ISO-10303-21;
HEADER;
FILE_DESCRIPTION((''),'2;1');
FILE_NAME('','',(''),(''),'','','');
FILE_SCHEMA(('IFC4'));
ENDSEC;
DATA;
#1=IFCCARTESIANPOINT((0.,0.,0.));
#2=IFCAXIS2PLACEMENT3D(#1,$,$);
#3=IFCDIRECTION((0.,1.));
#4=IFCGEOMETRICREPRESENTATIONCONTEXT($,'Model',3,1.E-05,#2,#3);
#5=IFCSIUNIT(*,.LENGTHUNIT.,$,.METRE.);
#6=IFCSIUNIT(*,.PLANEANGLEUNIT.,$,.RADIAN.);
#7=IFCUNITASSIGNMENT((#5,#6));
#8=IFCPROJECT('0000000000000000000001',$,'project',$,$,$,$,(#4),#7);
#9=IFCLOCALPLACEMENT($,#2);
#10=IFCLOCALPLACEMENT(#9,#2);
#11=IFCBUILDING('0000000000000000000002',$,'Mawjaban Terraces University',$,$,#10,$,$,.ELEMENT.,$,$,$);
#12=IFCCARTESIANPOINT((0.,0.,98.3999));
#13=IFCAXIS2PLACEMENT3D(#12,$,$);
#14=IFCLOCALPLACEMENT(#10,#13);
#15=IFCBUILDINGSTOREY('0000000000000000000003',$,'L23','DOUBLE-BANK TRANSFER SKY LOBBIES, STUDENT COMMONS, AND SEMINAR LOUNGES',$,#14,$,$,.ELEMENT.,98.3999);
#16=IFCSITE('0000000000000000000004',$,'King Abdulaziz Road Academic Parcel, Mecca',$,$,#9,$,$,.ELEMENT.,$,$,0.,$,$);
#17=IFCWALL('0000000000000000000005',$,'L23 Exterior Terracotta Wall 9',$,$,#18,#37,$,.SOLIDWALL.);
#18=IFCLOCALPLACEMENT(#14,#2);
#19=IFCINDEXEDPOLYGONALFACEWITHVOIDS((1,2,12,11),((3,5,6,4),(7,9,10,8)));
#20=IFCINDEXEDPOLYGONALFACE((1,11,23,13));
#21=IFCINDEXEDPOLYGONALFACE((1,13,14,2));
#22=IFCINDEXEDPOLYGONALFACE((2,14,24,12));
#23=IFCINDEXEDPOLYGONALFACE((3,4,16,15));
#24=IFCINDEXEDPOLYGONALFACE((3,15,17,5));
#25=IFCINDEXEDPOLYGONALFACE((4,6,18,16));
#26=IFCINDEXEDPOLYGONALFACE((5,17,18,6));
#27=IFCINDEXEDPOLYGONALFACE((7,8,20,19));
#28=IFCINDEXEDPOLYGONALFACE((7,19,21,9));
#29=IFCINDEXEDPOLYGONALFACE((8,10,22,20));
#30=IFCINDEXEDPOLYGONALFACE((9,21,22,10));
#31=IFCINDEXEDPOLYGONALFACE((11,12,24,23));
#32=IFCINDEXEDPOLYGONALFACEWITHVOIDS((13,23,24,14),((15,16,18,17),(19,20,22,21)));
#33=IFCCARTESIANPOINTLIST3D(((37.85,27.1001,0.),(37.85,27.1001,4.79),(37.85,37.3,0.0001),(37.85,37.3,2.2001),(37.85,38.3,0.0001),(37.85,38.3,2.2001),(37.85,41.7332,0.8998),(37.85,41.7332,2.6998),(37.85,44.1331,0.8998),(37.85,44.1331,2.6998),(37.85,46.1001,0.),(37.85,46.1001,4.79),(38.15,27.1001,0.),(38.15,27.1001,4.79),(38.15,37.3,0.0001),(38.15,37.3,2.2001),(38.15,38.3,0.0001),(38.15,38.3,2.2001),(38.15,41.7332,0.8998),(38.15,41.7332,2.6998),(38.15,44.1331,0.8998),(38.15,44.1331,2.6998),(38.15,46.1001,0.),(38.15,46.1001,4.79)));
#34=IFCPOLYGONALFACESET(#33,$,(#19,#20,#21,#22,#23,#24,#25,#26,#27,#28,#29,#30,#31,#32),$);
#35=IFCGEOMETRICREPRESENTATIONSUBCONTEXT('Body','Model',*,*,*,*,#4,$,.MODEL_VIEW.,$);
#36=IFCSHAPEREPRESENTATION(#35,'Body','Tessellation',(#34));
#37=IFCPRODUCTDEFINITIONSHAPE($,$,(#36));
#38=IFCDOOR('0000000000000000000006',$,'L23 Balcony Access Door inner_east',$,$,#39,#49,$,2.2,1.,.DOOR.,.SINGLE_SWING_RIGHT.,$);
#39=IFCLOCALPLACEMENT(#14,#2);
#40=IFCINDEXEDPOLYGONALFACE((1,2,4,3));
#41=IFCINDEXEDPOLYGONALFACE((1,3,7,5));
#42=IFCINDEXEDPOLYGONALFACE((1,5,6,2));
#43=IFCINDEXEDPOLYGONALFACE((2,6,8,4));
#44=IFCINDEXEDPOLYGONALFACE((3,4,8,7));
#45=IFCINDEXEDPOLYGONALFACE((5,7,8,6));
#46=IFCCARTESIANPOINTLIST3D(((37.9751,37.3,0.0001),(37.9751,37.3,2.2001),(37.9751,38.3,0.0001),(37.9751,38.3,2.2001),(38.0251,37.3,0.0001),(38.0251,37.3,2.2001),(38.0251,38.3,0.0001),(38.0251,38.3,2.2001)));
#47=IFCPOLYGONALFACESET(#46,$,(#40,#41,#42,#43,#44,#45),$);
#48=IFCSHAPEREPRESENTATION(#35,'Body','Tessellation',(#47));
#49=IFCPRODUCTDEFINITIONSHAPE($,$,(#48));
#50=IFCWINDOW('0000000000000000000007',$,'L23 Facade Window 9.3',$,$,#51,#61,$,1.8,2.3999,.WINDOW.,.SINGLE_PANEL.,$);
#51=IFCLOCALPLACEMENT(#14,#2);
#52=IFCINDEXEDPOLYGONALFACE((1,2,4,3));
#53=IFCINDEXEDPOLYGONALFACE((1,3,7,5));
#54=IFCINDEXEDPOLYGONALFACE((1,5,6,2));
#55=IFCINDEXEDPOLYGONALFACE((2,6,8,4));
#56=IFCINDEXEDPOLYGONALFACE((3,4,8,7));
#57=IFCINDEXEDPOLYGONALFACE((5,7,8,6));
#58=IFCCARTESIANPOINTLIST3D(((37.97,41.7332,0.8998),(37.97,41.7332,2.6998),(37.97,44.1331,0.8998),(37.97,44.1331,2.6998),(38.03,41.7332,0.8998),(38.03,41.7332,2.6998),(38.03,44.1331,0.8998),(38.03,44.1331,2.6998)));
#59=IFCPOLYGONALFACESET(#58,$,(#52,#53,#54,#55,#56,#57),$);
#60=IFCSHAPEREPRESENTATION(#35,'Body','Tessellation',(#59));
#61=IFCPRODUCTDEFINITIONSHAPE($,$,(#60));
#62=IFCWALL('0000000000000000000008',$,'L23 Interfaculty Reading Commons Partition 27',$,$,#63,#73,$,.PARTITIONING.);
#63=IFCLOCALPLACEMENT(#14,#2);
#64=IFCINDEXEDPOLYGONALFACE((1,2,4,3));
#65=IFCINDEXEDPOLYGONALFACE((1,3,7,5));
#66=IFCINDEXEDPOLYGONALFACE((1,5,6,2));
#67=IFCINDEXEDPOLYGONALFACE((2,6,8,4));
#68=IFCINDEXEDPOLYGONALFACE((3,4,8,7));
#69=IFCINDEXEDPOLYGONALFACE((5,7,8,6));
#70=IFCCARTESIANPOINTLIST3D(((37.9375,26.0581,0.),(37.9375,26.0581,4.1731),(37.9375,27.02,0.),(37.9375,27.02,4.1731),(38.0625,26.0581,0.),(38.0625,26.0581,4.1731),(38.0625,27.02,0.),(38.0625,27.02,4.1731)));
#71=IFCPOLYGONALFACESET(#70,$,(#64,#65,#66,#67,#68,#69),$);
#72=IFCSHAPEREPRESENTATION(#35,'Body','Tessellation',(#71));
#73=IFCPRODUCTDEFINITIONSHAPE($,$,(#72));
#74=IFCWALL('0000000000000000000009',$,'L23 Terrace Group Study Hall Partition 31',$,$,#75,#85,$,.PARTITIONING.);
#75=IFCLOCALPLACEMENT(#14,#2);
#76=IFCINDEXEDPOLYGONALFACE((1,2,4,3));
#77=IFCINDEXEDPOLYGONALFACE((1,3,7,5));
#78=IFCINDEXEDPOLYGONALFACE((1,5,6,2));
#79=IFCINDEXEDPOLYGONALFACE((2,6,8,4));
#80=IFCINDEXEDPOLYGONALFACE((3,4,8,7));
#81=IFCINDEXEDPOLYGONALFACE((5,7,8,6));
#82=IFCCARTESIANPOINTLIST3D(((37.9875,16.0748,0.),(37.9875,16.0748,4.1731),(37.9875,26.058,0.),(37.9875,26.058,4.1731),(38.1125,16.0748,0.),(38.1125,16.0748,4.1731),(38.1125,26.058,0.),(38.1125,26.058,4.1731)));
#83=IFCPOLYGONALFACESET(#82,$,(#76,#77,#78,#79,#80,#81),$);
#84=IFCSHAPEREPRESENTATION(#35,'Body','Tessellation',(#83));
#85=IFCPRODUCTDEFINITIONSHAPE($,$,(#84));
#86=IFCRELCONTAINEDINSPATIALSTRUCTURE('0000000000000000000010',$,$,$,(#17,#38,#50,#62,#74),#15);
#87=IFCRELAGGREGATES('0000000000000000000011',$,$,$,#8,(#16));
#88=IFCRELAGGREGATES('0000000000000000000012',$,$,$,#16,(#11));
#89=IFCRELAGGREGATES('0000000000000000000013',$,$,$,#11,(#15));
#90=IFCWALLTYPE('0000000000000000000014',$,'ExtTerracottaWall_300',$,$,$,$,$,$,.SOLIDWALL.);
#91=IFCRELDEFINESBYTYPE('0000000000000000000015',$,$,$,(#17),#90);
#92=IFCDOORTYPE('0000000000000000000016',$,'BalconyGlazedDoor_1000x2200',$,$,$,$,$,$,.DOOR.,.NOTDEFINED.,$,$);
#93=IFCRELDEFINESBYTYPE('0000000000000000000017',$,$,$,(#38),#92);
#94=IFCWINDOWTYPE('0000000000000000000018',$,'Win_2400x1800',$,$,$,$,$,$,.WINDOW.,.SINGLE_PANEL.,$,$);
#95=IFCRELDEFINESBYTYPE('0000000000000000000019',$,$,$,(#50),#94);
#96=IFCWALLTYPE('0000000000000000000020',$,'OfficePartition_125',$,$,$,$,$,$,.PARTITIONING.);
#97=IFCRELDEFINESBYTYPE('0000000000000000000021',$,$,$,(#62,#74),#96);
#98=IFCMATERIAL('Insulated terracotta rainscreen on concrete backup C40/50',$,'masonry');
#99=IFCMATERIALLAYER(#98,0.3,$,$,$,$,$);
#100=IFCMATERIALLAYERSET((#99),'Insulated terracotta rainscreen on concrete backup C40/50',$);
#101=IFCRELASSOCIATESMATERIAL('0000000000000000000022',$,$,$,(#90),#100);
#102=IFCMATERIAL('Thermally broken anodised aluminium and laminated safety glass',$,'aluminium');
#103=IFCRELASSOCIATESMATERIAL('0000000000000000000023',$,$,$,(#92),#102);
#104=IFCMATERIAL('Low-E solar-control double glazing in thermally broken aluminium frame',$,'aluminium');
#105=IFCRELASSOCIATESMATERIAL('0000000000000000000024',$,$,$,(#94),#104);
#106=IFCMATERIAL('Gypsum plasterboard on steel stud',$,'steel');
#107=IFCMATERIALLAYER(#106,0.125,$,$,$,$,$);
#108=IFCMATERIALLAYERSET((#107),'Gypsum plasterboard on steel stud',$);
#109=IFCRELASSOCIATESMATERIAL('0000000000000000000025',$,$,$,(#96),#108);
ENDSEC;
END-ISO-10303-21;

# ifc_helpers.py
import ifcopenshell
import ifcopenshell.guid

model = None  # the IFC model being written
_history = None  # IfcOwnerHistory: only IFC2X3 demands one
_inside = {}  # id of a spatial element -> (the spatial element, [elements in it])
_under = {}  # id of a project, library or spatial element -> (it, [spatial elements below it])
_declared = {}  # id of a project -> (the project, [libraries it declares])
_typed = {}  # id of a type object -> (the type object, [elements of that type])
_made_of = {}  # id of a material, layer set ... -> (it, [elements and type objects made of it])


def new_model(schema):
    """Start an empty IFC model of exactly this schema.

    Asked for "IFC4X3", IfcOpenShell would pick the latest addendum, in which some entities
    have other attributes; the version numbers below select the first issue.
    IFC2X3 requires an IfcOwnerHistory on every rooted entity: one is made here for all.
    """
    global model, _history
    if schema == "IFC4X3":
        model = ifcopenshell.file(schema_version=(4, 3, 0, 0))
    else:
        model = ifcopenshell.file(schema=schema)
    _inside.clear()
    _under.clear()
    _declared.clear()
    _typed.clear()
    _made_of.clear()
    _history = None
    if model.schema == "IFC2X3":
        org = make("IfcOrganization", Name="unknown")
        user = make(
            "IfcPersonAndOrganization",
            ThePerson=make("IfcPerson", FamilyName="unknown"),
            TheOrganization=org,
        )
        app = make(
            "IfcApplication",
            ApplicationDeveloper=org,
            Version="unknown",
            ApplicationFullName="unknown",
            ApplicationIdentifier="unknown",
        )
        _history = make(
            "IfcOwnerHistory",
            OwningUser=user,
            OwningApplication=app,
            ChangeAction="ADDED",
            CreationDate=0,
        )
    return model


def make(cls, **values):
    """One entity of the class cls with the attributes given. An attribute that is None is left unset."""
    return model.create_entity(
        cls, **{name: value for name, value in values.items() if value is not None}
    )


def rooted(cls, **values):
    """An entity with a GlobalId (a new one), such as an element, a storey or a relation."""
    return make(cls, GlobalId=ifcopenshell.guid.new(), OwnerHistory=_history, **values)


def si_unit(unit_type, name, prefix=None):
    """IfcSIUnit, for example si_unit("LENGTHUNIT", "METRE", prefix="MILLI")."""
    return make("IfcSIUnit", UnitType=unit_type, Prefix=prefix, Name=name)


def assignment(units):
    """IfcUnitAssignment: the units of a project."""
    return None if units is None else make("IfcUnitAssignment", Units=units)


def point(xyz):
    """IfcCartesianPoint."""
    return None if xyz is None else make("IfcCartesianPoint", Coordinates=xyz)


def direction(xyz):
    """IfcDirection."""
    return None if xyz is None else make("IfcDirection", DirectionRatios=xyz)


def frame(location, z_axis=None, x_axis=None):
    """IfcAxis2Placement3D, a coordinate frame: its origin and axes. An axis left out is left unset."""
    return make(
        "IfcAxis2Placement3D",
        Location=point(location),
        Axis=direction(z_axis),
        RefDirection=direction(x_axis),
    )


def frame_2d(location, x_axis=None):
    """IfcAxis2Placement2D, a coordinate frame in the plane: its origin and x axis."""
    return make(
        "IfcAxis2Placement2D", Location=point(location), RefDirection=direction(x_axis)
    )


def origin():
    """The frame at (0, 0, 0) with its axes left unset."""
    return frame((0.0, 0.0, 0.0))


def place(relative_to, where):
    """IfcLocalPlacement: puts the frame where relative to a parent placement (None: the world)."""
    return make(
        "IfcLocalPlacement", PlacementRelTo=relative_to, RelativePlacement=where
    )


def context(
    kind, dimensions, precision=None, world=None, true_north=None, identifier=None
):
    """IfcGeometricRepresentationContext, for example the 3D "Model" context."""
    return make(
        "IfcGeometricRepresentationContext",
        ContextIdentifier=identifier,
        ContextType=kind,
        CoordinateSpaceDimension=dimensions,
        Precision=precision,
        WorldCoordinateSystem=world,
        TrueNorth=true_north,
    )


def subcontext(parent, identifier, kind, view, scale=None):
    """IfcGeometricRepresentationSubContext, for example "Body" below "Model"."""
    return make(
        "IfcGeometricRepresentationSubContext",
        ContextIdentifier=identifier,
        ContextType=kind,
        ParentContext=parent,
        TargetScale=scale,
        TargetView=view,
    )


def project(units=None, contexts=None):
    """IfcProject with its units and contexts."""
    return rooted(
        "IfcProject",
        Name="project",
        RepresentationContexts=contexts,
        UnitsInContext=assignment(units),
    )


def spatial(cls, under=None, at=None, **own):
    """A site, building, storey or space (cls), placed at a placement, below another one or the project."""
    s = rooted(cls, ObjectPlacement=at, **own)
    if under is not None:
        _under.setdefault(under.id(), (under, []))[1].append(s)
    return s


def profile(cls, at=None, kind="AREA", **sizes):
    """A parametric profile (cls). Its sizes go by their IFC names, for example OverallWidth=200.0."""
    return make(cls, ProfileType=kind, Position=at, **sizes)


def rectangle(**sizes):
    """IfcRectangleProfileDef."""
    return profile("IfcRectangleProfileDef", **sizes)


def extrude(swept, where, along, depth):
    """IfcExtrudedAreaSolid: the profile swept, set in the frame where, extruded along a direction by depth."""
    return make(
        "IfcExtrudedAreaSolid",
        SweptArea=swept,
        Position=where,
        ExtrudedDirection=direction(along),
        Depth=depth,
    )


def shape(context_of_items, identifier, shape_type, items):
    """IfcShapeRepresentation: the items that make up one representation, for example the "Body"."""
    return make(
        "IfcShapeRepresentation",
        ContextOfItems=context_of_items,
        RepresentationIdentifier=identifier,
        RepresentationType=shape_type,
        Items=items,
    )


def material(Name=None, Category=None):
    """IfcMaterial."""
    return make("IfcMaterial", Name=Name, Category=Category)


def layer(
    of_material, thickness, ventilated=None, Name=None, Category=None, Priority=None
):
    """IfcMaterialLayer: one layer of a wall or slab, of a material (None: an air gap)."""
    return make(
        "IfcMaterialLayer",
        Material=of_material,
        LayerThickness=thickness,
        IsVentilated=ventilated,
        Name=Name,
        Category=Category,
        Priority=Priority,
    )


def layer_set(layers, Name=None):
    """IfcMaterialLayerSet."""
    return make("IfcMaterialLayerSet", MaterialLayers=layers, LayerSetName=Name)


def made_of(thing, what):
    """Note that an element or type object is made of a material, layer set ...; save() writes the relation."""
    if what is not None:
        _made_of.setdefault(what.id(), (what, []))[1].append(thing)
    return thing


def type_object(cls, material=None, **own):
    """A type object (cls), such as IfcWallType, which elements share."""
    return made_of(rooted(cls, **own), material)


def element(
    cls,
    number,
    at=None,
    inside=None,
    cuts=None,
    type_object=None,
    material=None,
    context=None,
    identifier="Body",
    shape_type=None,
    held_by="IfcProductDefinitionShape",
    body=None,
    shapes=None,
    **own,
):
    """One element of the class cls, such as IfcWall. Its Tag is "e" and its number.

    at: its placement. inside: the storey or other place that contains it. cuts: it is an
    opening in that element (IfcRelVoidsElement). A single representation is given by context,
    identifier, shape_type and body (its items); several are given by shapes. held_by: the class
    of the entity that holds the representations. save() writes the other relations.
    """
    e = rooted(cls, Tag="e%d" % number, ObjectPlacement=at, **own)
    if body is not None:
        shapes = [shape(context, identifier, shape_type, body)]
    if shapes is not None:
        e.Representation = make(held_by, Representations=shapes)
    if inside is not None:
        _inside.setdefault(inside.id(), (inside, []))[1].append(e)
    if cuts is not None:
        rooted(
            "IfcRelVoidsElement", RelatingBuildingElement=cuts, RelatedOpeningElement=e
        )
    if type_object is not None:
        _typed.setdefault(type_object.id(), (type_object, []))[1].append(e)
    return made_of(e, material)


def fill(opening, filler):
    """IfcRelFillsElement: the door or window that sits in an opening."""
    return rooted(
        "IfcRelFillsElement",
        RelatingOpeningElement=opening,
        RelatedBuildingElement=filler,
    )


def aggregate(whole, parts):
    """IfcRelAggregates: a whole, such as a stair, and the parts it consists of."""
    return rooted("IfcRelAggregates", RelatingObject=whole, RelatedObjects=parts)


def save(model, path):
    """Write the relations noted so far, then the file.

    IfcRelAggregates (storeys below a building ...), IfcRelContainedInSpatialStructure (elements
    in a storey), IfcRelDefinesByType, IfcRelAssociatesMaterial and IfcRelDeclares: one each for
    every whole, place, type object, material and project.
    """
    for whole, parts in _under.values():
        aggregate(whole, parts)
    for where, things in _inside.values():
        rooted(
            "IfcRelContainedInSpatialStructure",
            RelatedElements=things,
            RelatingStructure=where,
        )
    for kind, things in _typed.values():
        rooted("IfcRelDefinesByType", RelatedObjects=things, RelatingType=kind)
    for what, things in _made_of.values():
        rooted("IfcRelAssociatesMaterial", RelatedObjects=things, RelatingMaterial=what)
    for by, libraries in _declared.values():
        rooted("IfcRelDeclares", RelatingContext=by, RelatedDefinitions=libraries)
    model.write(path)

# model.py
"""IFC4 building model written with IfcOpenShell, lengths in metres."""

from ifc_helpers import new_model, si_unit, direction, frame, frame_2d, origin, place, context, subcontext, project, spatial, rectangle, extrude, material, layer, layer_set, type_object, element, fill, save


model = new_model("IFC4")

# Units and contexts
model_context = context("Model", 3, precision=1e-05, world=origin(), true_north=direction((0.0, 1.0)))
body_context = subcontext(model_context, "Body", "Model", "MODEL_VIEW")
ifc_project = project(units=[si_unit("LENGTHUNIT", "METRE"), si_unit("PLANEANGLEUNIT", "RADIAN")], contexts=[model_context])

# Site, building, storey
site_placement = place(None, origin())
site = spatial("IfcSite", under=ifc_project, at=site_placement, Name="King Abdulaziz Road Academic Parcel, Mecca", CompositionType="ELEMENT", RefElevation=0.0)
building_placement = place(site_placement, origin())
building = spatial("IfcBuilding", under=site, at=building_placement, Name="Mawjaban Terraces University", CompositionType="ELEMENT")
storey_placement = place(building_placement, frame((0.0, 0.0, 98.3999)))
storey = spatial("IfcBuildingStorey", under=building, at=storey_placement, Name="L23", Description="DOUBLE-BANK TRANSFER SKY LOBBIES, STUDENT COMMONS, AND SEMINAR LOUNGES", CompositionType="ELEMENT", Elevation=98.3999)

# Wall, openings, door, window
ifc_material_1 = material(Name="Insulated terracotta rainscreen on concrete backup C40/50", Category="masonry")
ifc_layer_1 = layer(ifc_material_1, 0.3)
ifc_layer_set_1 = layer_set([ifc_layer_1], Name="Insulated terracotta rainscreen on concrete backup C40/50")
wall_type_1 = type_object("IfcWallType", Name="ExtTerracottaWall_300", PredefinedType="SOLIDWALL", material=ifc_layer_set_1)
wall_1_placement = place(storey_placement, frame((38.0, 27.1001, 0.0), z_axis=(0.0, 0.0, 1.0), x_axis=(0.0, 1.0, 0.0)))
wall_1 = element("IfcWall", 1, at=wall_1_placement, inside=storey, type_object=wall_type_1, Name="L23 Exterior Terracotta Wall 9", PredefinedType="SOLIDWALL", context=body_context, shape_type="SweptSolid", body=[
    extrude(rectangle(XDim=19.0, YDim=0.3, at=frame_2d((9.5, 0.0))), origin(), (0.0, 0.0, 1.0), 4.79),
])
opening_1_placement = place(wall_1_placement, frame((10.2, 0.0, 0.0)))
opening_1 = element("IfcOpeningElement", 2, at=opening_1_placement, cuts=wall_1, PredefinedType="OPENING", context=body_context, shape_type="SweptSolid", body=[
    extrude(rectangle(XDim=1.0, YDim=2.2, at=frame_2d((0.5, 1.1001))), frame((0.0, 0.1599, 0.0), z_axis=(0.0, -1.0, 0.0), x_axis=(1.0, 0.0, 0.0)), (0.0, 0.0, 1.0), 0.3201),
])
opening_2_placement = place(wall_1_placement, frame((14.6331, 0.0, 0.8999)))
opening_2 = element("IfcOpeningElement", 3, at=opening_2_placement, cuts=wall_1, PredefinedType="OPENING", context=body_context, shape_type="SweptSolid", body=[
    extrude(rectangle(XDim=2.3999, YDim=1.8, at=frame_2d((1.2, 0.8999))), frame((0.0, 0.1599, 0.0), z_axis=(0.0, -1.0, 0.0), x_axis=(1.0, 0.0, 0.0)), (0.0, 0.0, 1.0), 0.3201),
])
ifc_material_2 = material(Name="Thermally broken anodised aluminium and laminated safety glass", Category="aluminium")
door_type = type_object("IfcDoorType", Name="BalconyGlazedDoor_1000x2200", OperationType="NOTDEFINED", PredefinedType="DOOR", material=ifc_material_2)
door_placement = place(opening_1_placement, origin())
door = element("IfcDoor", 4, at=door_placement, inside=storey, type_object=door_type, Name="L23 Balcony Access Door inner_east", OperationType="SINGLE_SWING_RIGHT", OverallHeight=2.2, OverallWidth=1.0, PredefinedType="DOOR", context=body_context, shape_type="SweptSolid", body=[
    extrude(rectangle(XDim=1.0, YDim=2.2, at=frame_2d((0.5, 1.1001))), frame((0.0, 0.0249, 0.0), z_axis=(0.0, -1.0, 0.0), x_axis=(1.0, 0.0, 0.0)), (0.0, 0.0, 1.0), 0.05),
])
fill(opening_1, door)
ifc_material_3 = material(Name="Low-E solar-control double glazing in thermally broken aluminium frame", Category="aluminium")
window_type = type_object("IfcWindowType", Name="Win_2400x1800", PartitioningType="SINGLE_PANEL", PredefinedType="WINDOW", material=ifc_material_3)
window_placement = place(opening_2_placement, origin())
window = element("IfcWindow", 5, at=window_placement, inside=storey, type_object=window_type, Name="L23 Facade Window 9.3", OverallHeight=1.8, OverallWidth=2.3999, PartitioningType="SINGLE_PANEL", PredefinedType="WINDOW", context=body_context, shape_type="SweptSolid", body=[
    extrude(rectangle(XDim=2.3999, YDim=1.8, at=frame_2d((1.2, 0.8999))), frame((0.0, 0.03, 0.0), z_axis=(0.0, -1.0, 0.0), x_axis=(1.0, 0.0, 0.0)), (0.0, 0.0, 1.0), 0.0601),
])
fill(opening_2, window)

# Walls
ifc_material_4 = material(Name="Gypsum plasterboard on steel stud", Category="steel")
ifc_layer_2 = layer(ifc_material_4, 0.125)
ifc_layer_set_2 = layer_set([ifc_layer_2], Name="Gypsum plasterboard on steel stud")
wall_type_2 = type_object("IfcWallType", Name="OfficePartition_125", PredefinedType="PARTITIONING", material=ifc_layer_set_2)
wall_2_placement = place(storey_placement, frame((38.0, 26.0581, 0.0), z_axis=(0.0, 0.0, 1.0), x_axis=(0.0, 1.0, 0.0)))
element("IfcWall", 6, at=wall_2_placement, inside=storey, type_object=wall_type_2, Name="L23 Interfaculty Reading Commons Partition 27", PredefinedType="PARTITIONING", context=body_context, shape_type="SweptSolid", body=[
    extrude(rectangle(XDim=0.9619, YDim=0.125, at=frame_2d((0.481, 0.0))), origin(), (0.0, 0.0, 1.0), 4.1731),
])
wall_3_placement = place(storey_placement, frame((38.05, 26.0581, 0.0), z_axis=(0.0, 0.0, 1.0), x_axis=(0.0, -1.0, 0.0)))
element("IfcWall", 7, at=wall_3_placement, inside=storey, type_object=wall_type_2, Name="L23 Terrace Group Study Hall Partition 31", PredefinedType="PARTITIONING", context=body_context, shape_type="SweptSolid", body=[
    extrude(rectangle(XDim=9.9832, YDim=0.125, at=frame_2d((4.9917, 0.0))), origin(), (0.0, 0.0, 1.0), 4.1731),
])

save(model, "model.ifc")
